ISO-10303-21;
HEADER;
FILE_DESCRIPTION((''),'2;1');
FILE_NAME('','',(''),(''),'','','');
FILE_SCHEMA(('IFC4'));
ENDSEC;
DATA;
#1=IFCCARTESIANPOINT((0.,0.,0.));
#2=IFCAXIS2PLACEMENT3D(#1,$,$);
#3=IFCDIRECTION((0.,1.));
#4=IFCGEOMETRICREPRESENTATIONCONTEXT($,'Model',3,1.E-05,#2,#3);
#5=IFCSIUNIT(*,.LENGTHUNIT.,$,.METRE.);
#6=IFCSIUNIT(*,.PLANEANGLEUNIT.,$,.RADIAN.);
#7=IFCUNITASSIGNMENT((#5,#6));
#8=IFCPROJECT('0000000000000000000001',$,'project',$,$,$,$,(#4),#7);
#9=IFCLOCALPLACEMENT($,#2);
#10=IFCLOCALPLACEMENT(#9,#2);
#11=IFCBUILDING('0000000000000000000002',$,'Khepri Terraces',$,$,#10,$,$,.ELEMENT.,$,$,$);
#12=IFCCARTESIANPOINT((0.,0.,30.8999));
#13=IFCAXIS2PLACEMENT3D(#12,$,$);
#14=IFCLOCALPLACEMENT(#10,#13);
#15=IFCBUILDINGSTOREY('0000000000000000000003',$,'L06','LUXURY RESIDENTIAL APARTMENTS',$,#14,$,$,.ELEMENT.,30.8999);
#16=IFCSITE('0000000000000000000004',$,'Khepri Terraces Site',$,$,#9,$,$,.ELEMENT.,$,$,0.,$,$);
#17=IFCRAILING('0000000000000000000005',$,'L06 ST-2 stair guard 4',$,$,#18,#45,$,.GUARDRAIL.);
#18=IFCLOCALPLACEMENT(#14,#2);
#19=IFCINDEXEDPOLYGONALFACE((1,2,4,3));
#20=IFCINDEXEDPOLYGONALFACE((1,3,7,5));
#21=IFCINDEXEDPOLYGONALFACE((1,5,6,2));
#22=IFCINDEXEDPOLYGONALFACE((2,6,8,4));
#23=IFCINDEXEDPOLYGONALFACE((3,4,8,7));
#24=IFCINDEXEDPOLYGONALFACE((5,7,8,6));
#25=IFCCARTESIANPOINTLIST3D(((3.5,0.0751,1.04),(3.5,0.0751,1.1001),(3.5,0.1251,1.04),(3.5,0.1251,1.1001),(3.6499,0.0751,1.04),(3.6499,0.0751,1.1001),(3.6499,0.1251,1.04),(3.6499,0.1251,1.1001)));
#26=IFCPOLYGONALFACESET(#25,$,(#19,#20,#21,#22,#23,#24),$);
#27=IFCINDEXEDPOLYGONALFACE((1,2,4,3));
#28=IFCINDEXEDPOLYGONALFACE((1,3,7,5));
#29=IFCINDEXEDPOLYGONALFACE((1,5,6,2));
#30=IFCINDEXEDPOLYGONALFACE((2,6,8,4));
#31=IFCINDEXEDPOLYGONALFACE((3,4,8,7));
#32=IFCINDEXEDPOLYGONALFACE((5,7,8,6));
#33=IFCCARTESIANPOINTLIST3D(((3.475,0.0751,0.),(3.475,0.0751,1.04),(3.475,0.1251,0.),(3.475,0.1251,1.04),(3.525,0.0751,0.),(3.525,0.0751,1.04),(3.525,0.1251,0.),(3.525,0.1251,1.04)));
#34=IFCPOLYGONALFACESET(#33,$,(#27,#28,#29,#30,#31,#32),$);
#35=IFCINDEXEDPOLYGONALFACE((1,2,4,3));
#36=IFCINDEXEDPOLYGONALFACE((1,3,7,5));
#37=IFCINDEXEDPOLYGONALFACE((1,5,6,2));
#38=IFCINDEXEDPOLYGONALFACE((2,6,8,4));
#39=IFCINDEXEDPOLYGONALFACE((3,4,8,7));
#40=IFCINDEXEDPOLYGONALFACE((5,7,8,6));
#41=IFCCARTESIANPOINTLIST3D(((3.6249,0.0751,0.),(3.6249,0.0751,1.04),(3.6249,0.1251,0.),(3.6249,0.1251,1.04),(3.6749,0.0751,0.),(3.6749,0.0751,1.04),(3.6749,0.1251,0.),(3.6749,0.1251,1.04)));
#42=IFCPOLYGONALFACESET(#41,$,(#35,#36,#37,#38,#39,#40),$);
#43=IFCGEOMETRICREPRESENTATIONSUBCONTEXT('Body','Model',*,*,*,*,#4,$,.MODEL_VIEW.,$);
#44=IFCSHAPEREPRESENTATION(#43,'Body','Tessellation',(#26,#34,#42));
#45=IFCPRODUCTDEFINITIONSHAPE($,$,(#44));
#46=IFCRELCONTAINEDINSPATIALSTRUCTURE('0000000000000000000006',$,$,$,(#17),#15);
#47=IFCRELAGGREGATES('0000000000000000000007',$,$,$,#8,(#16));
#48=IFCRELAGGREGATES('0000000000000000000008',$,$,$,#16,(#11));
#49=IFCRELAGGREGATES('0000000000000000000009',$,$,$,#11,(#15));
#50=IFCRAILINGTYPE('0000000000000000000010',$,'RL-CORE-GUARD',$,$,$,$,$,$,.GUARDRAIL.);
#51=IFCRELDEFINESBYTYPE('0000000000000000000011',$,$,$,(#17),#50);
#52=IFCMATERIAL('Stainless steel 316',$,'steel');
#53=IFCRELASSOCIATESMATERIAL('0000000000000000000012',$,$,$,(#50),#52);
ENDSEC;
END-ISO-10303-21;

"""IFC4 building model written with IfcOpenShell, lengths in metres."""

from ifc_helpers import new_model, si_unit, direction, frame, origin, origin_2d, place, context, subcontext, project, spatial, rectangle, extrude, material, type_object, element, save


model = new_model("IFC4")

# Units and contexts
model_context = context("Model", 3, precision=1e-05, world=origin(), true_north=direction((0.0, 1.0)))
body_context = subcontext(model_context, "Body", "Model", "MODEL_VIEW")
ifc_project = project(units=[si_unit("LENGTHUNIT", "METRE"), si_unit("PLANEANGLEUNIT", "RADIAN")], contexts=[model_context])

# Site, building, storey
site_placement = place(None, origin())
site = spatial("IfcSite", under=ifc_project, at=site_placement, Name="Khepri Terraces Site", CompositionType="ELEMENT", RefElevation=0.0)
building_placement = place(site_placement, origin())
building = spatial("IfcBuilding", under=site, at=building_placement, Name="Khepri Terraces", CompositionType="ELEMENT")
storey_placement = place(building_placement, frame((0.0, 0.0, 30.8999)))
storey = spatial("IfcBuildingStorey", under=building, at=storey_placement, Name="L06", Description="LUXURY RESIDENTIAL APARTMENTS", CompositionType="ELEMENT", Elevation=30.8999)

# Railing
ifc_material_1 = material(Name="Stainless steel 316", Category="steel")
railing_type = type_object("IfcRailingType", Name="RL-CORE-GUARD", PredefinedType="GUARDRAIL", material=ifc_material_1)
railing_1_placement = place(storey_placement, frame((3.5, 0.1001, 0.0)))
element("IfcRailing", 1, at=railing_1_placement, inside=storey, type_object=railing_type, Name="L06 ST-2 stair guard 4", PredefinedType="GUARDRAIL", context=body_context, shape_type="SweptSolid", body=[
    extrude(rectangle(XDim=0.05, YDim=0.0601, at=origin_2d()), frame((0.0, 0.0, 1.0701), z_axis=(1.0, 0.0, 0.0), x_axis=(0.0, 1.0, 0.0)), (0.0, 0.0, 1.0), 0.1499),
    extrude(rectangle(XDim=0.05, YDim=0.05, at=origin_2d()), origin(), (0.0, 0.0, 1.0), 1.04),
    extrude(rectangle(XDim=0.05, YDim=0.05, at=origin_2d()), frame((0.1499, 0.0, 0.0)), (0.0, 0.0, 1.0), 1.04),
])

save(model, "model.ifc")
